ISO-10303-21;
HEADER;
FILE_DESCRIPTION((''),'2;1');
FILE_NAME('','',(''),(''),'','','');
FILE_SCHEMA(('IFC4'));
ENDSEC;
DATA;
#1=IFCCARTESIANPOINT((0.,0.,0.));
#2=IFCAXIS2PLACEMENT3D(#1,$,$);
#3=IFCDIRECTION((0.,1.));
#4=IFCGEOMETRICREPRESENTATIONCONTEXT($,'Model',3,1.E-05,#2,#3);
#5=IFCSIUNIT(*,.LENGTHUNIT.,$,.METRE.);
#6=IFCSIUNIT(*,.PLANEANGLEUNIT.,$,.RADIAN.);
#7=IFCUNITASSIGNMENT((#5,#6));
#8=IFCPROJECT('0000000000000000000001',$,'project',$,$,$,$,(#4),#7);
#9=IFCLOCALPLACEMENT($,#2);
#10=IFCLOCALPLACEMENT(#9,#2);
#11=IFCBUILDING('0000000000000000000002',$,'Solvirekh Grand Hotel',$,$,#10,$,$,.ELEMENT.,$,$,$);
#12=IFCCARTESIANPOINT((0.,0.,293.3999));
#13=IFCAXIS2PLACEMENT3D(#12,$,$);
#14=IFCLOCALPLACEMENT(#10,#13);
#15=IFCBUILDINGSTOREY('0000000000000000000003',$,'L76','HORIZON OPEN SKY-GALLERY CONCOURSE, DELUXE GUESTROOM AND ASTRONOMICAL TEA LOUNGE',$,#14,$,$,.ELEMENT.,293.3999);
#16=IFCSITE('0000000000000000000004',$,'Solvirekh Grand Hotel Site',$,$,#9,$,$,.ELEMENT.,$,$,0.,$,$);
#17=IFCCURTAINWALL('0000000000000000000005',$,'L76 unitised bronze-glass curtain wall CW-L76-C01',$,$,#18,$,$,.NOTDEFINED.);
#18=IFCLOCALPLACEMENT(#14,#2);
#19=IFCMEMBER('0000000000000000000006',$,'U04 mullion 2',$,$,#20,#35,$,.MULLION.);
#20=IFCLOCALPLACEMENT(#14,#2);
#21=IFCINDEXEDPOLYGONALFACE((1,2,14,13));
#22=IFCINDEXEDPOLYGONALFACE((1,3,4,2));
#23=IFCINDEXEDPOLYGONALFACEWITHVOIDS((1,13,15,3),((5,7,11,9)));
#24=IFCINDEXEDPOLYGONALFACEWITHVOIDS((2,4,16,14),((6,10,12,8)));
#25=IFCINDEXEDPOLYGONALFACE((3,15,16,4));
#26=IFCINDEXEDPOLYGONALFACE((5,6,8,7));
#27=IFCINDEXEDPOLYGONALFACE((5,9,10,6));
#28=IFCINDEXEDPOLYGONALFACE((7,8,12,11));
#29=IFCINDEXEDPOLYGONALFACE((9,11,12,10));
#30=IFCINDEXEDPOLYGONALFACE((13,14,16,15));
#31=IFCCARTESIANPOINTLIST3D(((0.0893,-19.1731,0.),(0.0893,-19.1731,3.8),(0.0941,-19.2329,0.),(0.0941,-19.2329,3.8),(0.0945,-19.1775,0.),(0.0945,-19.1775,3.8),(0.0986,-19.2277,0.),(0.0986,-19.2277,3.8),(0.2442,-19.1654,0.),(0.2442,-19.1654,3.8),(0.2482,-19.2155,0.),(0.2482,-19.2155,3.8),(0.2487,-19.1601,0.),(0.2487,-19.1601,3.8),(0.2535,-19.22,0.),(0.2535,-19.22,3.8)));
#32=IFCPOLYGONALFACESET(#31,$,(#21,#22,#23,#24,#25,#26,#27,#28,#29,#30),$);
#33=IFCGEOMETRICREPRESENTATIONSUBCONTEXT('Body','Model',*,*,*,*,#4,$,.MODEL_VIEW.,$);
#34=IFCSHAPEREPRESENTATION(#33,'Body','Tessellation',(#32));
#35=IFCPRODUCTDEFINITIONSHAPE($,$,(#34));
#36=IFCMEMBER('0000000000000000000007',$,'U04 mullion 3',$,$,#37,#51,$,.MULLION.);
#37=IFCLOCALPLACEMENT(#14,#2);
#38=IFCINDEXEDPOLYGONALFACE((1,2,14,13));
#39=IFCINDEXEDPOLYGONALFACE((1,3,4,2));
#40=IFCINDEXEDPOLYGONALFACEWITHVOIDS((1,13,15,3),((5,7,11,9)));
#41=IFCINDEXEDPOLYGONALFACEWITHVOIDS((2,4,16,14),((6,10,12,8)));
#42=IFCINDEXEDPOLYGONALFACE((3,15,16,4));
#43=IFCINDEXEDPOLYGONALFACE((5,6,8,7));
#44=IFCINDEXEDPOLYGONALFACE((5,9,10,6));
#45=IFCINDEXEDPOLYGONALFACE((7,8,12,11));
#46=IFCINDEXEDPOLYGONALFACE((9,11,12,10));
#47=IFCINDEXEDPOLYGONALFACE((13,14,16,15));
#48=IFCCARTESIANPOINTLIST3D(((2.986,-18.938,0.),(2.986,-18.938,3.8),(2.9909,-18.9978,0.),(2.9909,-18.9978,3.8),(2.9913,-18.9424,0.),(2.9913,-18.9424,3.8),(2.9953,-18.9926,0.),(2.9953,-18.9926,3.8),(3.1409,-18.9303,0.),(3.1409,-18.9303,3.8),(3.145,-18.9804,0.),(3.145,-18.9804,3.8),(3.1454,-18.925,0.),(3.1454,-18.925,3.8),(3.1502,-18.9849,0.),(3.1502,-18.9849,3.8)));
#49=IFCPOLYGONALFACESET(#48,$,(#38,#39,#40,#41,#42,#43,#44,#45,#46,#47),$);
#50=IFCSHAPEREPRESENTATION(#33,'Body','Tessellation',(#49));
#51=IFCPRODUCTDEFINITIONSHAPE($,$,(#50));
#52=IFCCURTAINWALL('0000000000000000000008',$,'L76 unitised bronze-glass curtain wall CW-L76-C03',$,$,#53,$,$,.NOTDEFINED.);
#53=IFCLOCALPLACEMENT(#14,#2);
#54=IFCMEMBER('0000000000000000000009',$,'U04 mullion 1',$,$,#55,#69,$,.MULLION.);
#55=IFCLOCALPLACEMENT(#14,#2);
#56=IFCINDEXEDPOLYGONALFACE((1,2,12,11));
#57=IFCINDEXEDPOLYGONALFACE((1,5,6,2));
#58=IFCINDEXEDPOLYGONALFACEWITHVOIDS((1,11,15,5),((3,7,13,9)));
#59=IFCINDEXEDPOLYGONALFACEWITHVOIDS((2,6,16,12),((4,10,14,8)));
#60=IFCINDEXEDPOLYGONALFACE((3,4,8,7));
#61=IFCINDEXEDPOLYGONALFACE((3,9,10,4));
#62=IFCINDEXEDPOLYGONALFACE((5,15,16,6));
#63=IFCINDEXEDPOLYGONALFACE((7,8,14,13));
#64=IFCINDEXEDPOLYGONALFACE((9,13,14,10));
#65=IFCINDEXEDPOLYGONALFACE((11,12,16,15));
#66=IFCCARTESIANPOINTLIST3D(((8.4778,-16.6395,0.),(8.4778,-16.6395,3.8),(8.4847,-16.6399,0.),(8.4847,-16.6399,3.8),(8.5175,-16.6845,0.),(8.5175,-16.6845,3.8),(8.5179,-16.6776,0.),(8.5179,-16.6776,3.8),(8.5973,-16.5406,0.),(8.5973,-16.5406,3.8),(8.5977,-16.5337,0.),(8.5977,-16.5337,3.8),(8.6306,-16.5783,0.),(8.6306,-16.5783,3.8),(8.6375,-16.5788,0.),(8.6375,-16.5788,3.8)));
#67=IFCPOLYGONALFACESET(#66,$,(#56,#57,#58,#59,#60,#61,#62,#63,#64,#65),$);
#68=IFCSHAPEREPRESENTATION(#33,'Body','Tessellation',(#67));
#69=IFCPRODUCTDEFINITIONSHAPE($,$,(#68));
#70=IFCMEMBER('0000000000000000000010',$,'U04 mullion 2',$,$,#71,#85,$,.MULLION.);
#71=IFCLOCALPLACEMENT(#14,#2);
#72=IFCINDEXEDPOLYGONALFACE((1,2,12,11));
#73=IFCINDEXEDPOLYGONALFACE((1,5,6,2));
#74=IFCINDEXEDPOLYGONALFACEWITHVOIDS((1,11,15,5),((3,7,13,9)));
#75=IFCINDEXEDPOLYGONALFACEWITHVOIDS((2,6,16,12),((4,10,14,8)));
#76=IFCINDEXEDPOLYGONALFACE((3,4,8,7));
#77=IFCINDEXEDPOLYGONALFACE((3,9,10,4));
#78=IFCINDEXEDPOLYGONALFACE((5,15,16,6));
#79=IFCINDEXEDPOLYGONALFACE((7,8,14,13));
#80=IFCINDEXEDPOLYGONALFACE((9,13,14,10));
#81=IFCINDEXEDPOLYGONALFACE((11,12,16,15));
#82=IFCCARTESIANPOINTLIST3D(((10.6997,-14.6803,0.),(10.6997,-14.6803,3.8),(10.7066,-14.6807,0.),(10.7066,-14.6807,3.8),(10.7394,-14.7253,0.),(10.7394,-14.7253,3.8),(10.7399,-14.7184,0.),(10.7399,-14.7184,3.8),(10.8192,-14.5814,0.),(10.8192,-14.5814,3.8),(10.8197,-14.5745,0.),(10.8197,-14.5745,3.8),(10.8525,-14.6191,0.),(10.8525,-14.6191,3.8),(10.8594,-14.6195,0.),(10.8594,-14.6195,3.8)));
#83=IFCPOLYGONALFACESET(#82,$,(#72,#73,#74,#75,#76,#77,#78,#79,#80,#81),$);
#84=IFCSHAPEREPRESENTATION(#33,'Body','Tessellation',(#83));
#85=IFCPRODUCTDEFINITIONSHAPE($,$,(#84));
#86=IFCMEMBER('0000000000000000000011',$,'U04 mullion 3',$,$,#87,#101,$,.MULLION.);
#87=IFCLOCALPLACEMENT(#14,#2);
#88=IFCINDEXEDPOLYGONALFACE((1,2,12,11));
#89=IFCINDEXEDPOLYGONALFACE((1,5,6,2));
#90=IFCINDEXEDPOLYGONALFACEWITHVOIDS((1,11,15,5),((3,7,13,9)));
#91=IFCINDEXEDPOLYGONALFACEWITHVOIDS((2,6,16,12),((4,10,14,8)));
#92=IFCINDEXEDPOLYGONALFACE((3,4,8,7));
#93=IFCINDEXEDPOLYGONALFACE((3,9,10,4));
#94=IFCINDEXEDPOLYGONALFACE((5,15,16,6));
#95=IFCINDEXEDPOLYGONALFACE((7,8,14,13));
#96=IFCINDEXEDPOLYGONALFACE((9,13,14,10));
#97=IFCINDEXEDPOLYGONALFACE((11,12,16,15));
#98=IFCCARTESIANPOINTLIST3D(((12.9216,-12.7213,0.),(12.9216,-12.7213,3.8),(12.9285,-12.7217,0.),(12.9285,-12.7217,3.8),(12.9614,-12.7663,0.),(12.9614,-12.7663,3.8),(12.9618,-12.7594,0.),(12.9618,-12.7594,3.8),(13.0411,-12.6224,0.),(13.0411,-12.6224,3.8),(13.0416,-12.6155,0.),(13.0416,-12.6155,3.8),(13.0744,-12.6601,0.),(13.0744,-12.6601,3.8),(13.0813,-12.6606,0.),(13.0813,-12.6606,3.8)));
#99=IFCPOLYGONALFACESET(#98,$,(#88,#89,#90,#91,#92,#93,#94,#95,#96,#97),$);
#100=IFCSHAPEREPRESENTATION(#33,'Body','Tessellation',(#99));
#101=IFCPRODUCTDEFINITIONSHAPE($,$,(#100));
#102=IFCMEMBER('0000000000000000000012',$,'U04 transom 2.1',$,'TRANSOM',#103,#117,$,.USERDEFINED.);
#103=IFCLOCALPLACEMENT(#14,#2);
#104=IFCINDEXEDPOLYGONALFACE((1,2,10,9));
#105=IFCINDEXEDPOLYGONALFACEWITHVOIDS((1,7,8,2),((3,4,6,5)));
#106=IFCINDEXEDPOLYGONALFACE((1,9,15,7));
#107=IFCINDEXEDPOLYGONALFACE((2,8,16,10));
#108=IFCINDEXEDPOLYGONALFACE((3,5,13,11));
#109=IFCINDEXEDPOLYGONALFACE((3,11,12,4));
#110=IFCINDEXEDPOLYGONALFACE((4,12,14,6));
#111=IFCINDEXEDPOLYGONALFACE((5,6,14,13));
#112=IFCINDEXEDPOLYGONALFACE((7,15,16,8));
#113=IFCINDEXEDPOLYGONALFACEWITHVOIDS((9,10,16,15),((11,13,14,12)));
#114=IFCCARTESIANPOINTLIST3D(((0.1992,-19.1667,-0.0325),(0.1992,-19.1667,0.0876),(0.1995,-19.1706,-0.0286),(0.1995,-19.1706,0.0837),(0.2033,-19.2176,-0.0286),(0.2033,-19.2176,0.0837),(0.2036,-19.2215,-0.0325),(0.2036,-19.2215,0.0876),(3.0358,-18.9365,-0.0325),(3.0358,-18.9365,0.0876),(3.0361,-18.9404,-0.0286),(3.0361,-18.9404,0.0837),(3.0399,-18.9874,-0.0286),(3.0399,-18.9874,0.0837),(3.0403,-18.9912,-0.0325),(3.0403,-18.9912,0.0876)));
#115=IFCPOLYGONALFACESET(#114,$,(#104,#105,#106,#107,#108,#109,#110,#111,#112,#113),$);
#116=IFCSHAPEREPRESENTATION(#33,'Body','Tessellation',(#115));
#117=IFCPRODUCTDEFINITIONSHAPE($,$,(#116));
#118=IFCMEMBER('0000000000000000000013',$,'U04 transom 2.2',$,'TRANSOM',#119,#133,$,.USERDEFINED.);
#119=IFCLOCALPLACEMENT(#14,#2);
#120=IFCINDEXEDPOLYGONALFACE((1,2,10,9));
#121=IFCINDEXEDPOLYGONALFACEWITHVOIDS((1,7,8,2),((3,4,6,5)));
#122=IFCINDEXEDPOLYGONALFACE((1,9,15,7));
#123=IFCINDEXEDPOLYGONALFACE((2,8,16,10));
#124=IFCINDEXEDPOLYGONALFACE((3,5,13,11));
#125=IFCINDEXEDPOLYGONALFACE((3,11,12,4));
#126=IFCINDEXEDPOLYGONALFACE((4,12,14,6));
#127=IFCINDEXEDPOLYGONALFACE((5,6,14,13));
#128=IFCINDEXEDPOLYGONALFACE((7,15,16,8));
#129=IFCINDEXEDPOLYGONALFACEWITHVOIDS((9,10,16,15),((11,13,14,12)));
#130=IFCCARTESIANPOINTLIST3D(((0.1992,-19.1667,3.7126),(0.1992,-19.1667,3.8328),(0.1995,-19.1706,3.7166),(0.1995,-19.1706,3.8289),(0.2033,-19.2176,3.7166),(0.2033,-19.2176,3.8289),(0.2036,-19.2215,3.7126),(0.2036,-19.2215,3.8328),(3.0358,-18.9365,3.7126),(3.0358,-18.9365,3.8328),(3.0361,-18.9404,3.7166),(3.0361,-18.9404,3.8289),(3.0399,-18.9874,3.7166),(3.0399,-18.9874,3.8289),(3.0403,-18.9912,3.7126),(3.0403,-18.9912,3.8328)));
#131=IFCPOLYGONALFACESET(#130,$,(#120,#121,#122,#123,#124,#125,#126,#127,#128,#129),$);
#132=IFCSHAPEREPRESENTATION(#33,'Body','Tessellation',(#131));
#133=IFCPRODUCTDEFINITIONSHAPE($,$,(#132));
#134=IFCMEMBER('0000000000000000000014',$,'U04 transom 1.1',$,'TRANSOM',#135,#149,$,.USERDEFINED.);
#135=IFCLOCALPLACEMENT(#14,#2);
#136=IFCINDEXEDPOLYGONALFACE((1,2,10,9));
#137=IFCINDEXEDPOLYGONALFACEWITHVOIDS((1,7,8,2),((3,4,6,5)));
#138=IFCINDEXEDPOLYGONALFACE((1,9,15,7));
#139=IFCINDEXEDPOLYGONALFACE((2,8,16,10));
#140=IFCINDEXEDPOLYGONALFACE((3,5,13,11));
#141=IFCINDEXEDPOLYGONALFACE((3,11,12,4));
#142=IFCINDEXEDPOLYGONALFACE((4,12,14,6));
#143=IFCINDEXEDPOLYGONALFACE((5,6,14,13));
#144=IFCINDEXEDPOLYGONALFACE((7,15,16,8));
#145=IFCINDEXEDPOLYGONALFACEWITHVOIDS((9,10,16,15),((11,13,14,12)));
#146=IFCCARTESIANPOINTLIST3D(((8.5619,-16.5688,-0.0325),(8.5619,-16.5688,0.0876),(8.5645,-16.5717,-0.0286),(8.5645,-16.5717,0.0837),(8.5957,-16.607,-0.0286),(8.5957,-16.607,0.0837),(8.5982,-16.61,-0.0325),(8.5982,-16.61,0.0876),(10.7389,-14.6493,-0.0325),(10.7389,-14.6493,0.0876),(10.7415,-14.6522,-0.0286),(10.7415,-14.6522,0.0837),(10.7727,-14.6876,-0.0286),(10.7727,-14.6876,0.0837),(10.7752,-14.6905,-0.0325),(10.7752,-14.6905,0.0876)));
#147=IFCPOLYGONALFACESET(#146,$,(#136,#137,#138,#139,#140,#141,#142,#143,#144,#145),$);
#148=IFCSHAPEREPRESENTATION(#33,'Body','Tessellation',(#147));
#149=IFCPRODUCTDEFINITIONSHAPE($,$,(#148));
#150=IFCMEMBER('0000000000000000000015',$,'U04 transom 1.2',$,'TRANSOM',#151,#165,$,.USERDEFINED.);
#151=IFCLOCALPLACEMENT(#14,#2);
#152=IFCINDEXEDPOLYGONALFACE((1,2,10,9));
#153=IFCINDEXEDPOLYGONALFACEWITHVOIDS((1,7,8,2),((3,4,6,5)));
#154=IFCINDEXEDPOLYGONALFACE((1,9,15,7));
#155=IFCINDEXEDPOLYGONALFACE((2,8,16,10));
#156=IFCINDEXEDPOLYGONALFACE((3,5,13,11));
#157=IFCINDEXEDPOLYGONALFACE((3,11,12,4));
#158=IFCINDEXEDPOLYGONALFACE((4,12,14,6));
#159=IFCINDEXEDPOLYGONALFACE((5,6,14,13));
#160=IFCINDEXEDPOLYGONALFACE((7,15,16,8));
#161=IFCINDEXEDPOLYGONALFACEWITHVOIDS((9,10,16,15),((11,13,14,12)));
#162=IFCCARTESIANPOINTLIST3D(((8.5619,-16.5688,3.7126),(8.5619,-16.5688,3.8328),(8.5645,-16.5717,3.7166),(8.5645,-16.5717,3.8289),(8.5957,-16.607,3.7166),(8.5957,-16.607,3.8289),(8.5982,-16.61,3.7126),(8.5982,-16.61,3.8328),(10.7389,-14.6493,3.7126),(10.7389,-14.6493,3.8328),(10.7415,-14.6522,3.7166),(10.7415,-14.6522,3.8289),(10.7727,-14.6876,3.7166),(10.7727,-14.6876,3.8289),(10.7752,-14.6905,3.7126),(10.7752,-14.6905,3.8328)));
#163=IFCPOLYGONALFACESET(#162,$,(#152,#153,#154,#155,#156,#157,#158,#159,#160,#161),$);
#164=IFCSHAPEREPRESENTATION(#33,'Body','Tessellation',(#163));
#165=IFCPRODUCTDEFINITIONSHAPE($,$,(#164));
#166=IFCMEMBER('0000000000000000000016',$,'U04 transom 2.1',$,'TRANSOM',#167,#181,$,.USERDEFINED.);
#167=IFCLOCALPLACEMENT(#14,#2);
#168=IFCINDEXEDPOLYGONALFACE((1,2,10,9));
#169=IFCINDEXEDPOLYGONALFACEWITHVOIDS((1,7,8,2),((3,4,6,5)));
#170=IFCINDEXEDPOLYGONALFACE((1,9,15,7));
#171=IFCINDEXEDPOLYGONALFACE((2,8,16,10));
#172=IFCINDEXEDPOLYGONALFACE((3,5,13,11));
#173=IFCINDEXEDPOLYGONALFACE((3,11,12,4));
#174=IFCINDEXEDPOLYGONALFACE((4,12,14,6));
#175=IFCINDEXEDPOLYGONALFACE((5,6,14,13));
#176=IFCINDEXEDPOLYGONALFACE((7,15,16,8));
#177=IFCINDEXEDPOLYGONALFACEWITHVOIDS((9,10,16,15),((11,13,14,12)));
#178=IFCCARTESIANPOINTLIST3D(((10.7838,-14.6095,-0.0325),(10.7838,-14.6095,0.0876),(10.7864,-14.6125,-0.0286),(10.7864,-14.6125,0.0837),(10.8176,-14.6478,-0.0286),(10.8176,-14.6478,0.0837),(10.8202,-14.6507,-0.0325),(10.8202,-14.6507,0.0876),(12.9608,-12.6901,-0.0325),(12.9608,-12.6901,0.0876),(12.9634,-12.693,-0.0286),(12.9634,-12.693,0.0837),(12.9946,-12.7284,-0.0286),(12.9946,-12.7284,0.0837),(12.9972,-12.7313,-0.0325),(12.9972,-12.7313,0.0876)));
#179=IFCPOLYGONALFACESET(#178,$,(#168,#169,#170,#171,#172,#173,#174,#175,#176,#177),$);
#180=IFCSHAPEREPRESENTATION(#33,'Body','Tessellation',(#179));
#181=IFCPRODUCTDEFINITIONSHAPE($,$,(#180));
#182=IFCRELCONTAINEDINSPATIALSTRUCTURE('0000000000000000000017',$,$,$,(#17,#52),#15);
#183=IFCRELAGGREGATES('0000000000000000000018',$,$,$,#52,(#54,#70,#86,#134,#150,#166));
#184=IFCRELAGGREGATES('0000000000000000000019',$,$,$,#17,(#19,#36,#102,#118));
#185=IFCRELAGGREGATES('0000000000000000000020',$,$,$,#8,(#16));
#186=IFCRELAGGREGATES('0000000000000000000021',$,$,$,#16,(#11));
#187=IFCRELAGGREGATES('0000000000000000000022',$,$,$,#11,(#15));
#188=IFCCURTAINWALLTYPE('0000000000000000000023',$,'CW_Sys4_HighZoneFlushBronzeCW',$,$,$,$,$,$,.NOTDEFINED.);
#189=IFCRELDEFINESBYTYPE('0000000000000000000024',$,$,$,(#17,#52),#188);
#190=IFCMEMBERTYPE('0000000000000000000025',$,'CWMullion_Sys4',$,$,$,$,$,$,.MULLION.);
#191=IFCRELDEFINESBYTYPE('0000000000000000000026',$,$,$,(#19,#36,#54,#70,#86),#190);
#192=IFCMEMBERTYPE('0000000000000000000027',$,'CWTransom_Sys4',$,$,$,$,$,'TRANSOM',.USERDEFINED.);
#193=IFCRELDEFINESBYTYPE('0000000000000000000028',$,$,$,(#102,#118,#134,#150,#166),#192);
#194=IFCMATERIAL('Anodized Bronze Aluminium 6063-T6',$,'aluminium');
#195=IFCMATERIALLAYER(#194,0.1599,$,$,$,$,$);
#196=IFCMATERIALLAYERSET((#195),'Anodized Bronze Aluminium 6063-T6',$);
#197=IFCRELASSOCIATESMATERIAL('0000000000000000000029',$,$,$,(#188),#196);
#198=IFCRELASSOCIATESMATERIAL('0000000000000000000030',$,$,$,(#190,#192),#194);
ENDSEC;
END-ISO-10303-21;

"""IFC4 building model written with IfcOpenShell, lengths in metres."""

from ifc_helpers import new_model, si_unit, direction, frame, origin, origin_2d, place, context, subcontext, project, spatial, hollow_rectangle, extrude, source, transform, mapped, material, layer, layer_set, material_profile, profile_set, type_object, element, aggregate, save


model = new_model("IFC4")

# Units and contexts
model_context = context("Model", 3, precision=1e-05, world=origin(), true_north=direction((0.0, 1.0)))
body_context = subcontext(model_context, "Body", "Model", "MODEL_VIEW")
ifc_project = project(units=[si_unit("LENGTHUNIT", "METRE"), si_unit("PLANEANGLEUNIT", "RADIAN")], contexts=[model_context])

# Site, building, storey
site_placement = place(None, origin())
site = spatial("IfcSite", under=ifc_project, at=site_placement, Name="Solvirekh Grand Hotel Site", CompositionType="ELEMENT", RefElevation=0.0)
building_placement = place(site_placement, origin())
building = spatial("IfcBuilding", under=site, at=building_placement, Name="Solvirekh Grand Hotel", CompositionType="ELEMENT")
storey_placement = place(building_placement, frame((0.0, 0.0, 293.3999)))
storey = spatial("IfcBuildingStorey", under=building, at=storey_placement, Name="L76", Description="HORIZON OPEN SKY-GALLERY CONCOURSE, DELUXE GUESTROOM AND ASTRONOMICAL TEA LOUNGE", CompositionType="ELEMENT", Elevation=293.3999)

# Curtain walls, members
ifc_material_1 = material(Name="Anodized Bronze Aluminium 6063-T6", Category="aluminium")
ifc_layer_1 = layer(ifc_material_1, 0.1599)
ifc_layer_set_1 = layer_set([ifc_layer_1], Name="Anodized Bronze Aluminium 6063-T6")
curtain_wall_type = type_object("IfcCurtainWallType", Name="CW_Sys4_HighZoneFlushBronzeCW", PredefinedType="NOTDEFINED", material=ifc_layer_set_1)
curtain_wall_1_placement = place(storey_placement, origin())
curtain_wall_1 = element("IfcCurtainWall", 1, at=curtain_wall_1_placement, inside=storey, type_object=curtain_wall_type, Name="L76 unitised bronze-glass curtain wall CW-L76-C01", PredefinedType="NOTDEFINED")
ifc_material_profile_1 = material_profile(ifc_material_1, hollow_rectangle(XDim=0.0601, YDim=0.1599, WallThickness=0.0049, at=origin_2d()), Name="ALU RHS 160X60X5")
ifc_profile_set_1 = profile_set([ifc_material_profile_1], Name="Anodized Bronze Aluminium 6063-T6")
member_type_1 = type_object("IfcMemberType", Name="CWMullion_Sys4", PredefinedType="MULLION", material=ifc_profile_set_1)
shared_shape_1 = source(origin(), body_context, "Body", "SweptSolid", [
    extrude(hollow_rectangle(XDim=0.0601, YDim=0.1599, WallThickness=0.0049, at=origin_2d()), origin(), (0.0, 0.0, 1.0), 3.8),
])
member_1_placement = place(storey_placement, frame((0.1714, -19.1965, 0.0), z_axis=(0.0, 0.0, 1.0), x_axis=(-0.080889, 0.996723, 0.0)))
member_1 = element("IfcMember", 2, at=member_1_placement, type_object=member_type_1, Name="U04 mullion 2", PredefinedType="MULLION", context=body_context, shape_type="MappedRepresentation", body=[
    mapped(shared_shape_1, transform((0.0, 0.0, 0.0), x_axis=(1.0, 0.0, 0.0), y_axis=(0.0, 1.0, 0.0), z_axis=(0.0, 0.0, 1.0), scale=1.0)),
])
member_2_placement = place(storey_placement, frame((3.0681, -18.9614, 0.0), z_axis=(0.0, 0.0, 1.0), x_axis=(-0.080889, 0.996723, 0.0)))
member_2 = element("IfcMember", 3, at=member_2_placement, type_object=member_type_1, Name="U04 mullion 3", PredefinedType="MULLION", context=body_context, shape_type="MappedRepresentation", body=[
    mapped(shared_shape_1, transform((0.0, 0.0, 0.0), x_axis=(1.0, 0.0, 0.0), y_axis=(0.0, 1.0, 0.0), z_axis=(0.0, 0.0, 1.0), scale=1.0)),
])
curtain_wall_2_placement = place(storey_placement, origin())
curtain_wall_2 = element("IfcCurtainWall", 4, at=curtain_wall_2_placement, inside=storey, type_object=curtain_wall_type, Name="L76 unitised bronze-glass curtain wall CW-L76-C03", PredefinedType="NOTDEFINED")
member_3_placement = place(storey_placement, frame((8.5576, -16.6091, 0.0), z_axis=(0.0, 0.0, 1.0), x_axis=(-0.661351, 0.750077, 0.0)))
member_3 = element("IfcMember", 5, at=member_3_placement, type_object=member_type_1, Name="U04 mullion 1", PredefinedType="MULLION", context=body_context, shape_type="MappedRepresentation", body=[
    mapped(shared_shape_1, transform((0.0, 0.0, 0.0), x_axis=(1.0, 0.0, 0.0), y_axis=(0.0, 1.0, 0.0), z_axis=(0.0, 0.0, 1.0), scale=1.0)),
])
member_4_placement = place(storey_placement, frame((10.7795, -14.6499, 0.0), z_axis=(0.0, 0.0, 1.0), x_axis=(-0.661351, 0.750077, 0.0)))
member_4 = element("IfcMember", 6, at=member_4_placement, type_object=member_type_1, Name="U04 mullion 2", PredefinedType="MULLION", context=body_context, shape_type="MappedRepresentation", body=[
    mapped(shared_shape_1, transform((0.0, 0.0, 0.0), x_axis=(1.0, 0.0, 0.0), y_axis=(0.0, 1.0, 0.0), z_axis=(0.0, 0.0, 1.0), scale=1.0)),
])
member_5_placement = place(storey_placement, frame((13.0015, -12.6909, 0.0), z_axis=(0.0, 0.0, 1.0), x_axis=(-0.661351, 0.750077, 0.0)))
member_5 = element("IfcMember", 7, at=member_5_placement, type_object=member_type_1, Name="U04 mullion 3", PredefinedType="MULLION", context=body_context, shape_type="MappedRepresentation", body=[
    mapped(shared_shape_1, transform((0.0, 0.0, 0.0), x_axis=(1.0, 0.0, 0.0), y_axis=(0.0, 1.0, 0.0), z_axis=(0.0, 0.0, 1.0), scale=1.0)),
])

# Members
ifc_material_profile_2 = material_profile(ifc_material_1, hollow_rectangle(XDim=0.0549, YDim=0.1201, WallThickness=0.0039, at=origin_2d()), Name="ALU RHS 120X55X4")
ifc_profile_set_2 = profile_set([ifc_material_profile_2], Name="Anodized Bronze Aluminium 6063-T6")
member_type_2 = type_object("IfcMemberType", Name="CWTransom_Sys4", ElementType="TRANSOM", PredefinedType="USERDEFINED", material=ifc_profile_set_2)
shared_shape_2 = source(origin(), body_context, "Body", "SweptSolid", [
    extrude(hollow_rectangle(XDim=0.0549, YDim=0.1201, WallThickness=0.0039, at=origin_2d()), origin(), (0.0, 0.0, 1.0), 2.8459),
])
member_6_placement = place(storey_placement, frame((0.2014, -19.1941, 0.0276), z_axis=(0.996723, 0.080894, 0.0), x_axis=(-0.080894, 0.996723, 0.0)))
member_6 = element("IfcMember", 8, at=member_6_placement, type_object=member_type_2, Name="U04 transom 2.1", ObjectType="TRANSOM", PredefinedType="USERDEFINED", context=body_context, shape_type="MappedRepresentation", body=[
    mapped(shared_shape_2, transform((0.0, 0.0, 0.0), x_axis=(1.0, 0.0, 0.0), y_axis=(0.0, 1.0, 0.0), z_axis=(0.0, 0.0, 1.0), scale=1.0)),
])
member_7_placement = place(storey_placement, frame((0.2014, -19.1941, 3.7727), z_axis=(0.996723, 0.080894, 0.0), x_axis=(-0.080894, 0.996723, 0.0)))
member_7 = element("IfcMember", 9, at=member_7_placement, type_object=member_type_2, Name="U04 transom 2.2", ObjectType="TRANSOM", PredefinedType="USERDEFINED", context=body_context, shape_type="MappedRepresentation", body=[
    mapped(shared_shape_2, transform((0.0, 0.0, 0.0), x_axis=(1.0, 0.0, 0.0), y_axis=(0.0, 1.0, 0.0), z_axis=(0.0, 0.0, 1.0), scale=1.0)),
])
shared_shape_3 = source(origin(), body_context, "Body", "SweptSolid", [
    extrude(hollow_rectangle(XDim=0.0549, YDim=0.1201, WallThickness=0.0039, at=origin_2d()), origin(), (0.0, 0.0, 1.0), 2.9023),
])
member_8_placement = place(storey_placement, frame((8.5801, -16.5894, 0.0276), z_axis=(0.750086, 0.661341, 0.0), x_axis=(-0.661341, 0.750086, 0.0)))
member_8 = element("IfcMember", 10, at=member_8_placement, type_object=member_type_2, Name="U04 transom 1.1", ObjectType="TRANSOM", PredefinedType="USERDEFINED", context=body_context, shape_type="MappedRepresentation", body=[
    mapped(shared_shape_3, transform((0.0, 0.0, 0.0), x_axis=(1.0, 0.0, 0.0), y_axis=(0.0, 1.0, 0.0), z_axis=(0.0, 0.0, 1.0), scale=1.0)),
])
member_9_placement = place(storey_placement, frame((8.5801, -16.5894, 3.7727), z_axis=(0.750086, 0.661341, 0.0), x_axis=(-0.661341, 0.750086, 0.0)))
member_9 = element("IfcMember", 11, at=member_9_placement, type_object=member_type_2, Name="U04 transom 1.2", ObjectType="TRANSOM", PredefinedType="USERDEFINED", context=body_context, shape_type="MappedRepresentation", body=[
    mapped(shared_shape_3, transform((0.0, 0.0, 0.0), x_axis=(1.0, 0.0, 0.0), y_axis=(0.0, 1.0, 0.0), z_axis=(0.0, 0.0, 1.0), scale=1.0)),
])
member_10_placement = place(storey_placement, frame((10.802, -14.6301, 0.0276), z_axis=(0.750086, 0.661341, 0.0), x_axis=(-0.661341, 0.750086, 0.0)))
member_10 = element("IfcMember", 12, at=member_10_placement, type_object=member_type_2, Name="U04 transom 2.1", ObjectType="TRANSOM", PredefinedType="USERDEFINED", context=body_context, shape_type="MappedRepresentation", body=[
    mapped(shared_shape_3, transform((0.0, 0.0, 0.0), x_axis=(1.0, 0.0, 0.0), y_axis=(0.0, 1.0, 0.0), z_axis=(0.0, 0.0, 1.0), scale=1.0)),
])

aggregate(curtain_wall_2, [member_3, member_4, member_5, member_8, member_9, member_10])
aggregate(curtain_wall_1, [member_1, member_2, member_6, member_7])

save(model, "model.ifc")
